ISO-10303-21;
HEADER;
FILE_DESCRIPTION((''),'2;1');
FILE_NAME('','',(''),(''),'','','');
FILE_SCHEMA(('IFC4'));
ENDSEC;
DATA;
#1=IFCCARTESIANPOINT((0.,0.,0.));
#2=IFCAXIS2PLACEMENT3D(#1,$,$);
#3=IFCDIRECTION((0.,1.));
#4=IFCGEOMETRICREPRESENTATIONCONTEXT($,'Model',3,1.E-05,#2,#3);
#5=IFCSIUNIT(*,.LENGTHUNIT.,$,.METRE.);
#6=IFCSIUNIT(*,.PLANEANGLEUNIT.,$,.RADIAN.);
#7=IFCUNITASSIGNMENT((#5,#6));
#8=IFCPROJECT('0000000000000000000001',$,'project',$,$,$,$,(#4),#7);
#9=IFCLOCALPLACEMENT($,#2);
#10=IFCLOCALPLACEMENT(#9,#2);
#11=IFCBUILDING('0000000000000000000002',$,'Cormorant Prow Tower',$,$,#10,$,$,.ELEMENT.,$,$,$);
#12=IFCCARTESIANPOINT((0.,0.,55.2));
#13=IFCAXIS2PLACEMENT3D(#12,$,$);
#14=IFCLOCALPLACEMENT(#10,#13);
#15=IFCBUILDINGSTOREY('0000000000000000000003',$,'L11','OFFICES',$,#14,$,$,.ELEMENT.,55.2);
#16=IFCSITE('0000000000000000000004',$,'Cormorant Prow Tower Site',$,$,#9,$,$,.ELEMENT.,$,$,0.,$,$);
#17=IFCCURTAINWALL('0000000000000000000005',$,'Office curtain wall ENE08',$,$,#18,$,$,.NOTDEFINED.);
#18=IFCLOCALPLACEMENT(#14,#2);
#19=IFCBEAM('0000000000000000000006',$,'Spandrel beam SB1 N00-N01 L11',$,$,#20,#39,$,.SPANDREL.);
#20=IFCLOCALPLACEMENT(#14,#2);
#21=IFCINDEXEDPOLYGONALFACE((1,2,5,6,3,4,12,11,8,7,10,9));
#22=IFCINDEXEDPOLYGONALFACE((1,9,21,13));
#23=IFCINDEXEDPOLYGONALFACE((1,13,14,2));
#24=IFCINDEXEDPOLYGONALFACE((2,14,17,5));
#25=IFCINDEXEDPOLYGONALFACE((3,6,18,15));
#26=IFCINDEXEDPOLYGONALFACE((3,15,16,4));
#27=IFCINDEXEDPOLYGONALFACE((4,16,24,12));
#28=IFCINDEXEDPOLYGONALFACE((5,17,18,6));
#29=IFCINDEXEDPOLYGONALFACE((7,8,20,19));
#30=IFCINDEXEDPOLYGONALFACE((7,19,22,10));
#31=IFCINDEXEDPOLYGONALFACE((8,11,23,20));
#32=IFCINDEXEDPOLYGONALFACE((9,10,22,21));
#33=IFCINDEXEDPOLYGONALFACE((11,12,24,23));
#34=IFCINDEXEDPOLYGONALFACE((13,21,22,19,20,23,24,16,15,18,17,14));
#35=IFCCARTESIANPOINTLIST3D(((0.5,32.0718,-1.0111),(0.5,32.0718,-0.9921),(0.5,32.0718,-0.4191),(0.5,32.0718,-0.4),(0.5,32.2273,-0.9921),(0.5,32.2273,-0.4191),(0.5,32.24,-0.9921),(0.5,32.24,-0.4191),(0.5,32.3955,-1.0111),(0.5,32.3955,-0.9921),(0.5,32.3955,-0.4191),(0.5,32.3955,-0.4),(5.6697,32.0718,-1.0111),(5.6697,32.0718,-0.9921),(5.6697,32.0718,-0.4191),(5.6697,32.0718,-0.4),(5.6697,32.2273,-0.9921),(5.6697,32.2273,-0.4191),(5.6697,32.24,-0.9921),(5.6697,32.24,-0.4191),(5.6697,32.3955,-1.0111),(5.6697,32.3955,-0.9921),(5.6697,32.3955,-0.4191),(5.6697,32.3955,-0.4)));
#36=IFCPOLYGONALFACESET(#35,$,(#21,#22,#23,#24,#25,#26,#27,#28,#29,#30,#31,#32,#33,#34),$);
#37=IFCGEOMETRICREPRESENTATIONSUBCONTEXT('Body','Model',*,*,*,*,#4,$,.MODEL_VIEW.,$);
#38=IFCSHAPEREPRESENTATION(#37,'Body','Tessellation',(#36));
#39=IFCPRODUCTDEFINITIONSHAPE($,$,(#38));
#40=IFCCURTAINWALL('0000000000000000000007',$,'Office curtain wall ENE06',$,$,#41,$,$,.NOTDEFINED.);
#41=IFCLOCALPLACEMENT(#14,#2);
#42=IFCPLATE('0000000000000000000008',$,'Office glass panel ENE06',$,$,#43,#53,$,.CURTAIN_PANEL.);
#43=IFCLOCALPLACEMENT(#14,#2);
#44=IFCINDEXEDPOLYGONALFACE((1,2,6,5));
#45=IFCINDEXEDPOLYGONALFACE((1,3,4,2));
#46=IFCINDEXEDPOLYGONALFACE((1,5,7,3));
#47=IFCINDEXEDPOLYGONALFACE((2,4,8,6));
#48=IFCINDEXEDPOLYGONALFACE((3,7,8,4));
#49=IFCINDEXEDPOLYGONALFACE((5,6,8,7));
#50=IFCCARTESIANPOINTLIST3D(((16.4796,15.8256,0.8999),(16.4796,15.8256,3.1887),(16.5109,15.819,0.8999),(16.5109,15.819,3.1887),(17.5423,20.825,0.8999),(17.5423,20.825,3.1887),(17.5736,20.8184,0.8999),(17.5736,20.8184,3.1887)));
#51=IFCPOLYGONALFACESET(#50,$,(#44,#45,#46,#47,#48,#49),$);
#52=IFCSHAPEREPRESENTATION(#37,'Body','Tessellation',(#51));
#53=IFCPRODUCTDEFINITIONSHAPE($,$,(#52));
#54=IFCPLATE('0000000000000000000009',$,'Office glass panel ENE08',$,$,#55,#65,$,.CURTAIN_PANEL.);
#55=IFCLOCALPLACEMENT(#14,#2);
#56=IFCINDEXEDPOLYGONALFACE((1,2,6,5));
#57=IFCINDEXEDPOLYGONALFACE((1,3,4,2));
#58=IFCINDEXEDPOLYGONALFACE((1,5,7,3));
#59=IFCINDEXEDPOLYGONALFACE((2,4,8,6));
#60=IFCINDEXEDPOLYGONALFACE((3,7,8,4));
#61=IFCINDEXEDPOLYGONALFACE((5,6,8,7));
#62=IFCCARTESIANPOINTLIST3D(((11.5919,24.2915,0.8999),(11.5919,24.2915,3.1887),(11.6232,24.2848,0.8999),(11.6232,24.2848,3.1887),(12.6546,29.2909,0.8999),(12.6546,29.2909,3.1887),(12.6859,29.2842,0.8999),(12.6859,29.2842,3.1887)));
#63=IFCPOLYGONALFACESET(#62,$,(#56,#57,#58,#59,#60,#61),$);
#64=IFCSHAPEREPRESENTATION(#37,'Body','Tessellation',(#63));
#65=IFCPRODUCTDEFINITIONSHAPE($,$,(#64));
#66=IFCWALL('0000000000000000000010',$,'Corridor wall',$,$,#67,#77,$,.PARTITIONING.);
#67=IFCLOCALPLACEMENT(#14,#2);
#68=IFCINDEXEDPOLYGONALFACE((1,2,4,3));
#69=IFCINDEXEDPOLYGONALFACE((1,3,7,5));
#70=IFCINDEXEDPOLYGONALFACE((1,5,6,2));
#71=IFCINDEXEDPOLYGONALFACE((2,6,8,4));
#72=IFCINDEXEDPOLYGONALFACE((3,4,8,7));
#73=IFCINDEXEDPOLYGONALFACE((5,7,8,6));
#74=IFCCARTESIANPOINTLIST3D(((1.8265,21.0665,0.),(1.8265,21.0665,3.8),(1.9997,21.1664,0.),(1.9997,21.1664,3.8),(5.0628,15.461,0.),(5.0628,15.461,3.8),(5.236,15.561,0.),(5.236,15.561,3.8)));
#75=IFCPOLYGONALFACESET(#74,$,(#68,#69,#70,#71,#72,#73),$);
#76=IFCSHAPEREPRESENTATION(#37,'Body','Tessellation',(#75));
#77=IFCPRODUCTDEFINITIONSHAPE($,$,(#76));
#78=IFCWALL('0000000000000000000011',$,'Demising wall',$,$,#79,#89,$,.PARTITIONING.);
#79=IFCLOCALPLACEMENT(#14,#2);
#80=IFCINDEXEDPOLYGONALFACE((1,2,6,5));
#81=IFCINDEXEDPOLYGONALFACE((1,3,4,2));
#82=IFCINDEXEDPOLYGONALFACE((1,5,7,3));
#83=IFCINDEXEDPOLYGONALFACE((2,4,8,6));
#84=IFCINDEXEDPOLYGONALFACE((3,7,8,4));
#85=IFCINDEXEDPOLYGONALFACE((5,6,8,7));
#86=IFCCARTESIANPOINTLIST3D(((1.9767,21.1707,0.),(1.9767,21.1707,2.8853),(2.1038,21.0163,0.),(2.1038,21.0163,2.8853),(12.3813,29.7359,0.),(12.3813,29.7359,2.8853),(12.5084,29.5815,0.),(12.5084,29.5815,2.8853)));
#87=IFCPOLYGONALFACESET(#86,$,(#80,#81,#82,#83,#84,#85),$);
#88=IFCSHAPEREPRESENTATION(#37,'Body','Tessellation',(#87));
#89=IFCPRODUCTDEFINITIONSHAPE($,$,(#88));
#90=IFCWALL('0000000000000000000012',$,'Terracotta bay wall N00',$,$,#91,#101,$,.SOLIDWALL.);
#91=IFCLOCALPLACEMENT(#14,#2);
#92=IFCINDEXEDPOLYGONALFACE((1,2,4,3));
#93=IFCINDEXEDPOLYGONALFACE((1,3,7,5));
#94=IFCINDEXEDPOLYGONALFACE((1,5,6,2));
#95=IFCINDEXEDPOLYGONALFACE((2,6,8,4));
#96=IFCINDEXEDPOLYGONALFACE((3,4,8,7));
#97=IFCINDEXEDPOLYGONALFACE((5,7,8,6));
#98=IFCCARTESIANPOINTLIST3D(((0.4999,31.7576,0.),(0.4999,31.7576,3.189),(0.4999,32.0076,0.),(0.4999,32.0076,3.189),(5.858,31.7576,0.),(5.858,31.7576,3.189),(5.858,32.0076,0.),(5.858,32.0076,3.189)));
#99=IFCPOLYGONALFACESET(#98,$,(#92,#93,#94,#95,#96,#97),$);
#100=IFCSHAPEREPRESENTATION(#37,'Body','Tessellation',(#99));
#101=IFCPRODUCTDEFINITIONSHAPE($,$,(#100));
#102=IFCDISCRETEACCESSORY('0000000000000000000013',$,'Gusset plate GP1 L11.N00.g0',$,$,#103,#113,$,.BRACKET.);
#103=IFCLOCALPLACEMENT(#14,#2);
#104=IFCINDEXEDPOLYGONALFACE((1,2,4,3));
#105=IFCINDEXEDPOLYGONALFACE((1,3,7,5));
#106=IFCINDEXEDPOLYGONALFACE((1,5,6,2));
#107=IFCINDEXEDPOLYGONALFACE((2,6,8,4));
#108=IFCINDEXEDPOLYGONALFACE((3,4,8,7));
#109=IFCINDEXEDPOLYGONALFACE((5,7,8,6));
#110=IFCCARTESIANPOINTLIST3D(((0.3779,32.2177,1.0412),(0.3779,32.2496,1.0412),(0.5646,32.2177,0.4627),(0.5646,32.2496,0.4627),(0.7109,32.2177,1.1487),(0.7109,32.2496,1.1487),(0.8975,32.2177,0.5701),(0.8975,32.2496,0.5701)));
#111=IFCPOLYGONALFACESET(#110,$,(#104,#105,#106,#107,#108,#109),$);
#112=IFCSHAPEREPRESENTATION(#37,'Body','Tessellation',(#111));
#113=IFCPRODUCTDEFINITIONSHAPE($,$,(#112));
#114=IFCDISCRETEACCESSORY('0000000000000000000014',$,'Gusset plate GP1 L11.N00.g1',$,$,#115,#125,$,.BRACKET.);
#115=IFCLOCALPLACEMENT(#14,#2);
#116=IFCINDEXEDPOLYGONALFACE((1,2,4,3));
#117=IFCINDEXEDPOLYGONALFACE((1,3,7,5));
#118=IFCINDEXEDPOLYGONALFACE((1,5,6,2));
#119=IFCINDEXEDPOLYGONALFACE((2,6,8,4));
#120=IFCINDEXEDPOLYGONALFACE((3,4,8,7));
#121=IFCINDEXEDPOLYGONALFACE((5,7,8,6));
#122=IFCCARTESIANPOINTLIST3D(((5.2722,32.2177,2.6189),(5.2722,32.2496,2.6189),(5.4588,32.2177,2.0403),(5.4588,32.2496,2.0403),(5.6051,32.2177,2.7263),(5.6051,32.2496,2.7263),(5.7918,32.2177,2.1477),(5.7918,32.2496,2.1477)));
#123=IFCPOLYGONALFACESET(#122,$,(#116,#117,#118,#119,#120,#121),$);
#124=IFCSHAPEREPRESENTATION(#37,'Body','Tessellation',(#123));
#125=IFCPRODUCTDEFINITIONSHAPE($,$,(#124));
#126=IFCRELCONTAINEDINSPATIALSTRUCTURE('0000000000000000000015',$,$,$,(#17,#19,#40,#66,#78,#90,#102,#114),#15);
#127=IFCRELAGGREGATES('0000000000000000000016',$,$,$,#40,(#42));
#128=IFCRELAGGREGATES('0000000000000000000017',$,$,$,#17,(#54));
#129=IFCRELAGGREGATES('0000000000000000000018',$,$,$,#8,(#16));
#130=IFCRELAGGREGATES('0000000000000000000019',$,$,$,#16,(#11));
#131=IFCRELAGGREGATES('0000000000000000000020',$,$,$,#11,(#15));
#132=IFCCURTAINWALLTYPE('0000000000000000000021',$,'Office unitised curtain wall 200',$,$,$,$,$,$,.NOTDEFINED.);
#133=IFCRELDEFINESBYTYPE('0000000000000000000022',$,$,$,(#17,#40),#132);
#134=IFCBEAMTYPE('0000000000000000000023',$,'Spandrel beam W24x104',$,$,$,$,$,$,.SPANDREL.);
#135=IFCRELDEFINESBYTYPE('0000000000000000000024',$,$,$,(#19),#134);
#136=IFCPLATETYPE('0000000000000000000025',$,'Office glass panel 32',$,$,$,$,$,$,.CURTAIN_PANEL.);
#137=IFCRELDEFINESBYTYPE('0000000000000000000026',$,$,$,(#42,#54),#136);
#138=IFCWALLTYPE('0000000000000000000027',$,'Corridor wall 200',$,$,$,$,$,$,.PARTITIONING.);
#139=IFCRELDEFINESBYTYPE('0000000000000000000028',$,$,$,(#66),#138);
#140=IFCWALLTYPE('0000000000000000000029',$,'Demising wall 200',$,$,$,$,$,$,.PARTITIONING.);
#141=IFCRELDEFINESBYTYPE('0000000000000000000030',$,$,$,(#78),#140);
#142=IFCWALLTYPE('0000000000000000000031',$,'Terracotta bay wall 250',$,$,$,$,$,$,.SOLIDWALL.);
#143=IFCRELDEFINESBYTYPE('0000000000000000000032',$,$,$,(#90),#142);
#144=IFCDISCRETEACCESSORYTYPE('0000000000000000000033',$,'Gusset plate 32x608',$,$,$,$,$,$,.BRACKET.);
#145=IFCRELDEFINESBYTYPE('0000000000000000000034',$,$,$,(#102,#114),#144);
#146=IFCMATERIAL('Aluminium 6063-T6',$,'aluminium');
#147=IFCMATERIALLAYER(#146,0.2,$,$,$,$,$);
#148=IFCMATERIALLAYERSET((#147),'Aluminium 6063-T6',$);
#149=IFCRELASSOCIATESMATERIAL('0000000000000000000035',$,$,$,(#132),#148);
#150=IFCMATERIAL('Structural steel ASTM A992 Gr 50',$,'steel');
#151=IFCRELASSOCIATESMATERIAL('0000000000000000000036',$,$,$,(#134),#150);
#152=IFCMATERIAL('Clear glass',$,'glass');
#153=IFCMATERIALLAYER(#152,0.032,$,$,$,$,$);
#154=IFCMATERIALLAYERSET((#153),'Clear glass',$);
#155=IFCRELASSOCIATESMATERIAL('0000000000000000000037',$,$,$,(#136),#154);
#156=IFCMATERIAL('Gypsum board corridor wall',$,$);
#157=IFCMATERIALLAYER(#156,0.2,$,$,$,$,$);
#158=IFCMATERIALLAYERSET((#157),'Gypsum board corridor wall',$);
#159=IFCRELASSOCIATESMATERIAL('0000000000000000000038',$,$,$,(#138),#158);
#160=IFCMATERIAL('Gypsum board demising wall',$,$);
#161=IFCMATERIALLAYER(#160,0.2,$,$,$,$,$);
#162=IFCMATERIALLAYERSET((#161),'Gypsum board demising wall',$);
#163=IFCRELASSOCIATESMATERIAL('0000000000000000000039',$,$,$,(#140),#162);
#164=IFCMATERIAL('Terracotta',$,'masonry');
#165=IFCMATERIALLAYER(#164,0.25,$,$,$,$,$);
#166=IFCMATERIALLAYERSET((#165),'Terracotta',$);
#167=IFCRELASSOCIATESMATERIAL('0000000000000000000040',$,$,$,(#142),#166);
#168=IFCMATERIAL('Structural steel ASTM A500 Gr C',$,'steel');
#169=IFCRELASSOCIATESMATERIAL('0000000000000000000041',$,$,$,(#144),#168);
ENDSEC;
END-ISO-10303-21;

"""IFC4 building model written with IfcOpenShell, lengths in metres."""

from ifc_helpers import new_model, si_unit, direction, frame, frame_2d, origin, origin_2d, place, context, subcontext, project, spatial, rectangle, i_section, extrude, material, layer, layer_set, material_profile, profile_set, type_object, element, aggregate, save


model = new_model("IFC4")

# Units and contexts
model_context = context("Model", 3, precision=1e-05, world=origin(), true_north=direction((0.0, 1.0)))
body_context = subcontext(model_context, "Body", "Model", "MODEL_VIEW")
ifc_project = project(units=[si_unit("LENGTHUNIT", "METRE"), si_unit("PLANEANGLEUNIT", "RADIAN")], contexts=[model_context])

# Site, building, storey
site_placement = place(None, origin())
site = spatial("IfcSite", under=ifc_project, at=site_placement, Name="Cormorant Prow Tower Site", CompositionType="ELEMENT", RefElevation=0.0)
building_placement = place(site_placement, origin())
building = spatial("IfcBuilding", under=site, at=building_placement, Name="Cormorant Prow Tower", CompositionType="ELEMENT")
storey_placement = place(building_placement, frame((0.0, 0.0, 55.2)))
storey = spatial("IfcBuildingStorey", under=building, at=storey_placement, Name="L11", Description="OFFICES", CompositionType="ELEMENT", Elevation=55.2)

# Curtain wall
ifc_material_1 = material(Name="Aluminium 6063-T6", Category="aluminium")
ifc_layer_1 = layer(ifc_material_1, 0.2)
ifc_layer_set_1 = layer_set([ifc_layer_1], Name="Aluminium 6063-T6")
curtain_wall_type = type_object("IfcCurtainWallType", Name="Office unitised curtain wall 200", PredefinedType="NOTDEFINED", material=ifc_layer_set_1)
curtain_wall_1_placement = place(storey_placement, origin())
curtain_wall_1 = element("IfcCurtainWall", 1, at=curtain_wall_1_placement, inside=storey, type_object=curtain_wall_type, Name="Office curtain wall ENE08", PredefinedType="NOTDEFINED")

# Beam
ifc_material_2 = material(Name="Structural steel ASTM A992 Gr 50", Category="steel")
ifc_material_profile_1 = material_profile(ifc_material_2, i_section(OverallWidth=0.3237, OverallDepth=0.6111, WebThickness=0.0127, FlangeThickness=0.019, at=origin_2d()), Name="W24x104")
ifc_profile_set_1 = profile_set([ifc_material_profile_1], Name="Structural steel ASTM A992 Gr 50")
beam_type = type_object("IfcBeamType", Name="Spandrel beam W24x104", PredefinedType="SPANDREL", material=ifc_profile_set_1)
beam_1_placement = place(storey_placement, frame((5.6697, 32.2336, -0.7056), z_axis=(-1.0, 0.0, 0.0), x_axis=(0.0, -1.0, 0.0)))
element("IfcBeam", 2, at=beam_1_placement, inside=storey, type_object=beam_type, Name="Spandrel beam SB1 N00-N01 L11", PredefinedType="SPANDREL", context=body_context, shape_type="SweptSolid", body=[
    extrude(i_section(OverallWidth=0.3237, OverallDepth=0.6111, WebThickness=0.0127, FlangeThickness=0.019, at=origin_2d()), origin(), (0.0, 0.0, 1.0), 5.1697),
])

# Curtain wall, plate
curtain_wall_2_placement = place(storey_placement, origin())
curtain_wall_2 = element("IfcCurtainWall", 3, at=curtain_wall_2_placement, inside=storey, type_object=curtain_wall_type, Name="Office curtain wall ENE06", PredefinedType="NOTDEFINED")
ifc_material_3 = material(Name="Clear glass", Category="glass")
ifc_layer_2 = layer(ifc_material_3, 0.032)
ifc_layer_set_2 = layer_set([ifc_layer_2], Name="Clear glass")
plate_type = type_object("IfcPlateType", Name="Office glass panel 32", PredefinedType="CURTAIN_PANEL", material=ifc_layer_set_2)
plate_1_placement = place(storey_placement, frame((17.0266, 18.322, 0.8999), z_axis=(0.0, 0.0, 1.0), x_axis=(0.207912, 0.978148, 0.0)))
plate_1 = element("IfcPlate", 4, at=plate_1_placement, type_object=plate_type, Name="Office glass panel ENE06", PredefinedType="CURTAIN_PANEL", context=body_context, shape_type="SweptSolid", body=[
    extrude(rectangle(XDim=5.1111, YDim=0.032, at=origin_2d()), origin(), (0.0, 0.0, 1.0), 2.2888),
])
aggregate(curtain_wall_2, [plate_1])

# Plate
plate_2_placement = place(storey_placement, frame((12.1389, 26.7878, 0.8999), z_axis=(0.0, 0.0, 1.0), x_axis=(0.207912, 0.978148, 0.0)))
plate_2 = element("IfcPlate", 5, at=plate_2_placement, type_object=plate_type, Name="Office glass panel ENE08", PredefinedType="CURTAIN_PANEL", context=body_context, shape_type="SweptSolid", body=[
    extrude(rectangle(XDim=5.1111, YDim=0.032, at=origin_2d()), origin(), (0.0, 0.0, 1.0), 2.2888),
])
aggregate(curtain_wall_1, [plate_2])

# Walls
ifc_material_4 = material(Name="Gypsum board corridor wall")
ifc_layer_3 = layer(ifc_material_4, 0.2)
ifc_layer_set_3 = layer_set([ifc_layer_3], Name="Gypsum board corridor wall")
wall_type_1 = type_object("IfcWallType", Name="Corridor wall 200", PredefinedType="PARTITIONING", material=ifc_layer_set_3)
wall_1_placement = place(storey_placement, frame((1.9131, 21.1165, 0.0), z_axis=(0.0, 0.0, 1.0), x_axis=(0.500001, -0.866025, 0.0)))
element("IfcWall", 6, at=wall_1_placement, inside=storey, type_object=wall_type_1, Name="Corridor wall", PredefinedType="PARTITIONING", context=body_context, shape_type="SweptSolid", body=[
    extrude(rectangle(XDim=6.4727, YDim=0.2, at=frame_2d((3.2363, 0.0))), origin(), (0.0, 0.0, 1.0), 3.8),
])
ifc_material_5 = material(Name="Gypsum board demising wall")
ifc_layer_4 = layer(ifc_material_5, 0.2)
ifc_layer_set_4 = layer_set([ifc_layer_4], Name="Gypsum board demising wall")
wall_type_2 = type_object("IfcWallType", Name="Demising wall 200", PredefinedType="PARTITIONING", material=ifc_layer_set_4)
wall_2_placement = place(storey_placement, frame((2.0403, 21.0935, 0.0), z_axis=(0.0, 0.0, 1.0), x_axis=(0.772049, 0.635563, 0.0)))
element("IfcWall", 7, at=wall_2_placement, inside=storey, type_object=wall_type_2, Name="Demising wall", PredefinedType="PARTITIONING", context=body_context, shape_type="SweptSolid", body=[
    extrude(rectangle(XDim=13.4766, YDim=0.2, at=frame_2d((6.7383, 0.0))), origin(), (0.0, 0.0, 1.0), 2.8853),
])
ifc_material_6 = material(Name="Terracotta", Category="masonry")
ifc_layer_5 = layer(ifc_material_6, 0.25)
ifc_layer_set_5 = layer_set([ifc_layer_5], Name="Terracotta")
wall_type_3 = type_object("IfcWallType", Name="Terracotta bay wall 250", PredefinedType="SOLIDWALL", material=ifc_layer_set_5)
wall_3_placement = place(storey_placement, frame((5.8582, 31.8826, 0.0), z_axis=(0.0, 0.0, 1.0), x_axis=(-1.0, 0.0, 0.0)))
element("IfcWall", 8, at=wall_3_placement, inside=storey, type_object=wall_type_3, Name="Terracotta bay wall N00", PredefinedType="SOLIDWALL", context=body_context, shape_type="SweptSolid", body=[
    extrude(rectangle(XDim=5.3582, YDim=0.25, at=frame_2d((2.6792, 0.0))), origin(), (0.0, 0.0, 1.0), 3.189),
])

# Discrete accessories
ifc_material_7 = material(Name="Structural steel ASTM A500 Gr C", Category="steel")
ifc_material_profile_2 = material_profile(ifc_material_7, rectangle(XDim=0.032, YDim=0.6079, at=origin_2d()), Name="Gusset plate 32x608")
ifc_profile_set_2 = profile_set([ifc_material_profile_2], Name="Structural steel ASTM A500 Gr C")
discrete_accessory_type = type_object("IfcDiscreteAccessoryType", Name="Gusset plate 32x608", PredefinedType="BRACKET", material=ifc_profile_set_2)
for number, where, z_axis, x_axis, name in (
    (9, (0.8042, 32.2336, 0.8594), (-0.951709, 0.0, -0.307003), (0.0, -1.0, 0.0), "Gusset plate GP1 L11.N00.g0"),
    (10, (5.3655, 32.2336, 2.3296), (0.951709, 0.0, 0.307003), (0.0, 1.0, 0.0), "Gusset plate GP1 L11.N00.g1"),
):
    element("IfcDiscreteAccessory", number, at=place(storey_placement, frame(where, z_axis=z_axis, x_axis=x_axis)), inside=storey, type_object=discrete_accessory_type, Name=name, PredefinedType="BRACKET", context=body_context, shape_type="SweptSolid", body=[
        extrude(rectangle(XDim=0.032, YDim=0.6079, at=origin_2d()), origin(), (0.0, 0.0, 1.0), 0.3499),
    ])

save(model, "model.ifc")
